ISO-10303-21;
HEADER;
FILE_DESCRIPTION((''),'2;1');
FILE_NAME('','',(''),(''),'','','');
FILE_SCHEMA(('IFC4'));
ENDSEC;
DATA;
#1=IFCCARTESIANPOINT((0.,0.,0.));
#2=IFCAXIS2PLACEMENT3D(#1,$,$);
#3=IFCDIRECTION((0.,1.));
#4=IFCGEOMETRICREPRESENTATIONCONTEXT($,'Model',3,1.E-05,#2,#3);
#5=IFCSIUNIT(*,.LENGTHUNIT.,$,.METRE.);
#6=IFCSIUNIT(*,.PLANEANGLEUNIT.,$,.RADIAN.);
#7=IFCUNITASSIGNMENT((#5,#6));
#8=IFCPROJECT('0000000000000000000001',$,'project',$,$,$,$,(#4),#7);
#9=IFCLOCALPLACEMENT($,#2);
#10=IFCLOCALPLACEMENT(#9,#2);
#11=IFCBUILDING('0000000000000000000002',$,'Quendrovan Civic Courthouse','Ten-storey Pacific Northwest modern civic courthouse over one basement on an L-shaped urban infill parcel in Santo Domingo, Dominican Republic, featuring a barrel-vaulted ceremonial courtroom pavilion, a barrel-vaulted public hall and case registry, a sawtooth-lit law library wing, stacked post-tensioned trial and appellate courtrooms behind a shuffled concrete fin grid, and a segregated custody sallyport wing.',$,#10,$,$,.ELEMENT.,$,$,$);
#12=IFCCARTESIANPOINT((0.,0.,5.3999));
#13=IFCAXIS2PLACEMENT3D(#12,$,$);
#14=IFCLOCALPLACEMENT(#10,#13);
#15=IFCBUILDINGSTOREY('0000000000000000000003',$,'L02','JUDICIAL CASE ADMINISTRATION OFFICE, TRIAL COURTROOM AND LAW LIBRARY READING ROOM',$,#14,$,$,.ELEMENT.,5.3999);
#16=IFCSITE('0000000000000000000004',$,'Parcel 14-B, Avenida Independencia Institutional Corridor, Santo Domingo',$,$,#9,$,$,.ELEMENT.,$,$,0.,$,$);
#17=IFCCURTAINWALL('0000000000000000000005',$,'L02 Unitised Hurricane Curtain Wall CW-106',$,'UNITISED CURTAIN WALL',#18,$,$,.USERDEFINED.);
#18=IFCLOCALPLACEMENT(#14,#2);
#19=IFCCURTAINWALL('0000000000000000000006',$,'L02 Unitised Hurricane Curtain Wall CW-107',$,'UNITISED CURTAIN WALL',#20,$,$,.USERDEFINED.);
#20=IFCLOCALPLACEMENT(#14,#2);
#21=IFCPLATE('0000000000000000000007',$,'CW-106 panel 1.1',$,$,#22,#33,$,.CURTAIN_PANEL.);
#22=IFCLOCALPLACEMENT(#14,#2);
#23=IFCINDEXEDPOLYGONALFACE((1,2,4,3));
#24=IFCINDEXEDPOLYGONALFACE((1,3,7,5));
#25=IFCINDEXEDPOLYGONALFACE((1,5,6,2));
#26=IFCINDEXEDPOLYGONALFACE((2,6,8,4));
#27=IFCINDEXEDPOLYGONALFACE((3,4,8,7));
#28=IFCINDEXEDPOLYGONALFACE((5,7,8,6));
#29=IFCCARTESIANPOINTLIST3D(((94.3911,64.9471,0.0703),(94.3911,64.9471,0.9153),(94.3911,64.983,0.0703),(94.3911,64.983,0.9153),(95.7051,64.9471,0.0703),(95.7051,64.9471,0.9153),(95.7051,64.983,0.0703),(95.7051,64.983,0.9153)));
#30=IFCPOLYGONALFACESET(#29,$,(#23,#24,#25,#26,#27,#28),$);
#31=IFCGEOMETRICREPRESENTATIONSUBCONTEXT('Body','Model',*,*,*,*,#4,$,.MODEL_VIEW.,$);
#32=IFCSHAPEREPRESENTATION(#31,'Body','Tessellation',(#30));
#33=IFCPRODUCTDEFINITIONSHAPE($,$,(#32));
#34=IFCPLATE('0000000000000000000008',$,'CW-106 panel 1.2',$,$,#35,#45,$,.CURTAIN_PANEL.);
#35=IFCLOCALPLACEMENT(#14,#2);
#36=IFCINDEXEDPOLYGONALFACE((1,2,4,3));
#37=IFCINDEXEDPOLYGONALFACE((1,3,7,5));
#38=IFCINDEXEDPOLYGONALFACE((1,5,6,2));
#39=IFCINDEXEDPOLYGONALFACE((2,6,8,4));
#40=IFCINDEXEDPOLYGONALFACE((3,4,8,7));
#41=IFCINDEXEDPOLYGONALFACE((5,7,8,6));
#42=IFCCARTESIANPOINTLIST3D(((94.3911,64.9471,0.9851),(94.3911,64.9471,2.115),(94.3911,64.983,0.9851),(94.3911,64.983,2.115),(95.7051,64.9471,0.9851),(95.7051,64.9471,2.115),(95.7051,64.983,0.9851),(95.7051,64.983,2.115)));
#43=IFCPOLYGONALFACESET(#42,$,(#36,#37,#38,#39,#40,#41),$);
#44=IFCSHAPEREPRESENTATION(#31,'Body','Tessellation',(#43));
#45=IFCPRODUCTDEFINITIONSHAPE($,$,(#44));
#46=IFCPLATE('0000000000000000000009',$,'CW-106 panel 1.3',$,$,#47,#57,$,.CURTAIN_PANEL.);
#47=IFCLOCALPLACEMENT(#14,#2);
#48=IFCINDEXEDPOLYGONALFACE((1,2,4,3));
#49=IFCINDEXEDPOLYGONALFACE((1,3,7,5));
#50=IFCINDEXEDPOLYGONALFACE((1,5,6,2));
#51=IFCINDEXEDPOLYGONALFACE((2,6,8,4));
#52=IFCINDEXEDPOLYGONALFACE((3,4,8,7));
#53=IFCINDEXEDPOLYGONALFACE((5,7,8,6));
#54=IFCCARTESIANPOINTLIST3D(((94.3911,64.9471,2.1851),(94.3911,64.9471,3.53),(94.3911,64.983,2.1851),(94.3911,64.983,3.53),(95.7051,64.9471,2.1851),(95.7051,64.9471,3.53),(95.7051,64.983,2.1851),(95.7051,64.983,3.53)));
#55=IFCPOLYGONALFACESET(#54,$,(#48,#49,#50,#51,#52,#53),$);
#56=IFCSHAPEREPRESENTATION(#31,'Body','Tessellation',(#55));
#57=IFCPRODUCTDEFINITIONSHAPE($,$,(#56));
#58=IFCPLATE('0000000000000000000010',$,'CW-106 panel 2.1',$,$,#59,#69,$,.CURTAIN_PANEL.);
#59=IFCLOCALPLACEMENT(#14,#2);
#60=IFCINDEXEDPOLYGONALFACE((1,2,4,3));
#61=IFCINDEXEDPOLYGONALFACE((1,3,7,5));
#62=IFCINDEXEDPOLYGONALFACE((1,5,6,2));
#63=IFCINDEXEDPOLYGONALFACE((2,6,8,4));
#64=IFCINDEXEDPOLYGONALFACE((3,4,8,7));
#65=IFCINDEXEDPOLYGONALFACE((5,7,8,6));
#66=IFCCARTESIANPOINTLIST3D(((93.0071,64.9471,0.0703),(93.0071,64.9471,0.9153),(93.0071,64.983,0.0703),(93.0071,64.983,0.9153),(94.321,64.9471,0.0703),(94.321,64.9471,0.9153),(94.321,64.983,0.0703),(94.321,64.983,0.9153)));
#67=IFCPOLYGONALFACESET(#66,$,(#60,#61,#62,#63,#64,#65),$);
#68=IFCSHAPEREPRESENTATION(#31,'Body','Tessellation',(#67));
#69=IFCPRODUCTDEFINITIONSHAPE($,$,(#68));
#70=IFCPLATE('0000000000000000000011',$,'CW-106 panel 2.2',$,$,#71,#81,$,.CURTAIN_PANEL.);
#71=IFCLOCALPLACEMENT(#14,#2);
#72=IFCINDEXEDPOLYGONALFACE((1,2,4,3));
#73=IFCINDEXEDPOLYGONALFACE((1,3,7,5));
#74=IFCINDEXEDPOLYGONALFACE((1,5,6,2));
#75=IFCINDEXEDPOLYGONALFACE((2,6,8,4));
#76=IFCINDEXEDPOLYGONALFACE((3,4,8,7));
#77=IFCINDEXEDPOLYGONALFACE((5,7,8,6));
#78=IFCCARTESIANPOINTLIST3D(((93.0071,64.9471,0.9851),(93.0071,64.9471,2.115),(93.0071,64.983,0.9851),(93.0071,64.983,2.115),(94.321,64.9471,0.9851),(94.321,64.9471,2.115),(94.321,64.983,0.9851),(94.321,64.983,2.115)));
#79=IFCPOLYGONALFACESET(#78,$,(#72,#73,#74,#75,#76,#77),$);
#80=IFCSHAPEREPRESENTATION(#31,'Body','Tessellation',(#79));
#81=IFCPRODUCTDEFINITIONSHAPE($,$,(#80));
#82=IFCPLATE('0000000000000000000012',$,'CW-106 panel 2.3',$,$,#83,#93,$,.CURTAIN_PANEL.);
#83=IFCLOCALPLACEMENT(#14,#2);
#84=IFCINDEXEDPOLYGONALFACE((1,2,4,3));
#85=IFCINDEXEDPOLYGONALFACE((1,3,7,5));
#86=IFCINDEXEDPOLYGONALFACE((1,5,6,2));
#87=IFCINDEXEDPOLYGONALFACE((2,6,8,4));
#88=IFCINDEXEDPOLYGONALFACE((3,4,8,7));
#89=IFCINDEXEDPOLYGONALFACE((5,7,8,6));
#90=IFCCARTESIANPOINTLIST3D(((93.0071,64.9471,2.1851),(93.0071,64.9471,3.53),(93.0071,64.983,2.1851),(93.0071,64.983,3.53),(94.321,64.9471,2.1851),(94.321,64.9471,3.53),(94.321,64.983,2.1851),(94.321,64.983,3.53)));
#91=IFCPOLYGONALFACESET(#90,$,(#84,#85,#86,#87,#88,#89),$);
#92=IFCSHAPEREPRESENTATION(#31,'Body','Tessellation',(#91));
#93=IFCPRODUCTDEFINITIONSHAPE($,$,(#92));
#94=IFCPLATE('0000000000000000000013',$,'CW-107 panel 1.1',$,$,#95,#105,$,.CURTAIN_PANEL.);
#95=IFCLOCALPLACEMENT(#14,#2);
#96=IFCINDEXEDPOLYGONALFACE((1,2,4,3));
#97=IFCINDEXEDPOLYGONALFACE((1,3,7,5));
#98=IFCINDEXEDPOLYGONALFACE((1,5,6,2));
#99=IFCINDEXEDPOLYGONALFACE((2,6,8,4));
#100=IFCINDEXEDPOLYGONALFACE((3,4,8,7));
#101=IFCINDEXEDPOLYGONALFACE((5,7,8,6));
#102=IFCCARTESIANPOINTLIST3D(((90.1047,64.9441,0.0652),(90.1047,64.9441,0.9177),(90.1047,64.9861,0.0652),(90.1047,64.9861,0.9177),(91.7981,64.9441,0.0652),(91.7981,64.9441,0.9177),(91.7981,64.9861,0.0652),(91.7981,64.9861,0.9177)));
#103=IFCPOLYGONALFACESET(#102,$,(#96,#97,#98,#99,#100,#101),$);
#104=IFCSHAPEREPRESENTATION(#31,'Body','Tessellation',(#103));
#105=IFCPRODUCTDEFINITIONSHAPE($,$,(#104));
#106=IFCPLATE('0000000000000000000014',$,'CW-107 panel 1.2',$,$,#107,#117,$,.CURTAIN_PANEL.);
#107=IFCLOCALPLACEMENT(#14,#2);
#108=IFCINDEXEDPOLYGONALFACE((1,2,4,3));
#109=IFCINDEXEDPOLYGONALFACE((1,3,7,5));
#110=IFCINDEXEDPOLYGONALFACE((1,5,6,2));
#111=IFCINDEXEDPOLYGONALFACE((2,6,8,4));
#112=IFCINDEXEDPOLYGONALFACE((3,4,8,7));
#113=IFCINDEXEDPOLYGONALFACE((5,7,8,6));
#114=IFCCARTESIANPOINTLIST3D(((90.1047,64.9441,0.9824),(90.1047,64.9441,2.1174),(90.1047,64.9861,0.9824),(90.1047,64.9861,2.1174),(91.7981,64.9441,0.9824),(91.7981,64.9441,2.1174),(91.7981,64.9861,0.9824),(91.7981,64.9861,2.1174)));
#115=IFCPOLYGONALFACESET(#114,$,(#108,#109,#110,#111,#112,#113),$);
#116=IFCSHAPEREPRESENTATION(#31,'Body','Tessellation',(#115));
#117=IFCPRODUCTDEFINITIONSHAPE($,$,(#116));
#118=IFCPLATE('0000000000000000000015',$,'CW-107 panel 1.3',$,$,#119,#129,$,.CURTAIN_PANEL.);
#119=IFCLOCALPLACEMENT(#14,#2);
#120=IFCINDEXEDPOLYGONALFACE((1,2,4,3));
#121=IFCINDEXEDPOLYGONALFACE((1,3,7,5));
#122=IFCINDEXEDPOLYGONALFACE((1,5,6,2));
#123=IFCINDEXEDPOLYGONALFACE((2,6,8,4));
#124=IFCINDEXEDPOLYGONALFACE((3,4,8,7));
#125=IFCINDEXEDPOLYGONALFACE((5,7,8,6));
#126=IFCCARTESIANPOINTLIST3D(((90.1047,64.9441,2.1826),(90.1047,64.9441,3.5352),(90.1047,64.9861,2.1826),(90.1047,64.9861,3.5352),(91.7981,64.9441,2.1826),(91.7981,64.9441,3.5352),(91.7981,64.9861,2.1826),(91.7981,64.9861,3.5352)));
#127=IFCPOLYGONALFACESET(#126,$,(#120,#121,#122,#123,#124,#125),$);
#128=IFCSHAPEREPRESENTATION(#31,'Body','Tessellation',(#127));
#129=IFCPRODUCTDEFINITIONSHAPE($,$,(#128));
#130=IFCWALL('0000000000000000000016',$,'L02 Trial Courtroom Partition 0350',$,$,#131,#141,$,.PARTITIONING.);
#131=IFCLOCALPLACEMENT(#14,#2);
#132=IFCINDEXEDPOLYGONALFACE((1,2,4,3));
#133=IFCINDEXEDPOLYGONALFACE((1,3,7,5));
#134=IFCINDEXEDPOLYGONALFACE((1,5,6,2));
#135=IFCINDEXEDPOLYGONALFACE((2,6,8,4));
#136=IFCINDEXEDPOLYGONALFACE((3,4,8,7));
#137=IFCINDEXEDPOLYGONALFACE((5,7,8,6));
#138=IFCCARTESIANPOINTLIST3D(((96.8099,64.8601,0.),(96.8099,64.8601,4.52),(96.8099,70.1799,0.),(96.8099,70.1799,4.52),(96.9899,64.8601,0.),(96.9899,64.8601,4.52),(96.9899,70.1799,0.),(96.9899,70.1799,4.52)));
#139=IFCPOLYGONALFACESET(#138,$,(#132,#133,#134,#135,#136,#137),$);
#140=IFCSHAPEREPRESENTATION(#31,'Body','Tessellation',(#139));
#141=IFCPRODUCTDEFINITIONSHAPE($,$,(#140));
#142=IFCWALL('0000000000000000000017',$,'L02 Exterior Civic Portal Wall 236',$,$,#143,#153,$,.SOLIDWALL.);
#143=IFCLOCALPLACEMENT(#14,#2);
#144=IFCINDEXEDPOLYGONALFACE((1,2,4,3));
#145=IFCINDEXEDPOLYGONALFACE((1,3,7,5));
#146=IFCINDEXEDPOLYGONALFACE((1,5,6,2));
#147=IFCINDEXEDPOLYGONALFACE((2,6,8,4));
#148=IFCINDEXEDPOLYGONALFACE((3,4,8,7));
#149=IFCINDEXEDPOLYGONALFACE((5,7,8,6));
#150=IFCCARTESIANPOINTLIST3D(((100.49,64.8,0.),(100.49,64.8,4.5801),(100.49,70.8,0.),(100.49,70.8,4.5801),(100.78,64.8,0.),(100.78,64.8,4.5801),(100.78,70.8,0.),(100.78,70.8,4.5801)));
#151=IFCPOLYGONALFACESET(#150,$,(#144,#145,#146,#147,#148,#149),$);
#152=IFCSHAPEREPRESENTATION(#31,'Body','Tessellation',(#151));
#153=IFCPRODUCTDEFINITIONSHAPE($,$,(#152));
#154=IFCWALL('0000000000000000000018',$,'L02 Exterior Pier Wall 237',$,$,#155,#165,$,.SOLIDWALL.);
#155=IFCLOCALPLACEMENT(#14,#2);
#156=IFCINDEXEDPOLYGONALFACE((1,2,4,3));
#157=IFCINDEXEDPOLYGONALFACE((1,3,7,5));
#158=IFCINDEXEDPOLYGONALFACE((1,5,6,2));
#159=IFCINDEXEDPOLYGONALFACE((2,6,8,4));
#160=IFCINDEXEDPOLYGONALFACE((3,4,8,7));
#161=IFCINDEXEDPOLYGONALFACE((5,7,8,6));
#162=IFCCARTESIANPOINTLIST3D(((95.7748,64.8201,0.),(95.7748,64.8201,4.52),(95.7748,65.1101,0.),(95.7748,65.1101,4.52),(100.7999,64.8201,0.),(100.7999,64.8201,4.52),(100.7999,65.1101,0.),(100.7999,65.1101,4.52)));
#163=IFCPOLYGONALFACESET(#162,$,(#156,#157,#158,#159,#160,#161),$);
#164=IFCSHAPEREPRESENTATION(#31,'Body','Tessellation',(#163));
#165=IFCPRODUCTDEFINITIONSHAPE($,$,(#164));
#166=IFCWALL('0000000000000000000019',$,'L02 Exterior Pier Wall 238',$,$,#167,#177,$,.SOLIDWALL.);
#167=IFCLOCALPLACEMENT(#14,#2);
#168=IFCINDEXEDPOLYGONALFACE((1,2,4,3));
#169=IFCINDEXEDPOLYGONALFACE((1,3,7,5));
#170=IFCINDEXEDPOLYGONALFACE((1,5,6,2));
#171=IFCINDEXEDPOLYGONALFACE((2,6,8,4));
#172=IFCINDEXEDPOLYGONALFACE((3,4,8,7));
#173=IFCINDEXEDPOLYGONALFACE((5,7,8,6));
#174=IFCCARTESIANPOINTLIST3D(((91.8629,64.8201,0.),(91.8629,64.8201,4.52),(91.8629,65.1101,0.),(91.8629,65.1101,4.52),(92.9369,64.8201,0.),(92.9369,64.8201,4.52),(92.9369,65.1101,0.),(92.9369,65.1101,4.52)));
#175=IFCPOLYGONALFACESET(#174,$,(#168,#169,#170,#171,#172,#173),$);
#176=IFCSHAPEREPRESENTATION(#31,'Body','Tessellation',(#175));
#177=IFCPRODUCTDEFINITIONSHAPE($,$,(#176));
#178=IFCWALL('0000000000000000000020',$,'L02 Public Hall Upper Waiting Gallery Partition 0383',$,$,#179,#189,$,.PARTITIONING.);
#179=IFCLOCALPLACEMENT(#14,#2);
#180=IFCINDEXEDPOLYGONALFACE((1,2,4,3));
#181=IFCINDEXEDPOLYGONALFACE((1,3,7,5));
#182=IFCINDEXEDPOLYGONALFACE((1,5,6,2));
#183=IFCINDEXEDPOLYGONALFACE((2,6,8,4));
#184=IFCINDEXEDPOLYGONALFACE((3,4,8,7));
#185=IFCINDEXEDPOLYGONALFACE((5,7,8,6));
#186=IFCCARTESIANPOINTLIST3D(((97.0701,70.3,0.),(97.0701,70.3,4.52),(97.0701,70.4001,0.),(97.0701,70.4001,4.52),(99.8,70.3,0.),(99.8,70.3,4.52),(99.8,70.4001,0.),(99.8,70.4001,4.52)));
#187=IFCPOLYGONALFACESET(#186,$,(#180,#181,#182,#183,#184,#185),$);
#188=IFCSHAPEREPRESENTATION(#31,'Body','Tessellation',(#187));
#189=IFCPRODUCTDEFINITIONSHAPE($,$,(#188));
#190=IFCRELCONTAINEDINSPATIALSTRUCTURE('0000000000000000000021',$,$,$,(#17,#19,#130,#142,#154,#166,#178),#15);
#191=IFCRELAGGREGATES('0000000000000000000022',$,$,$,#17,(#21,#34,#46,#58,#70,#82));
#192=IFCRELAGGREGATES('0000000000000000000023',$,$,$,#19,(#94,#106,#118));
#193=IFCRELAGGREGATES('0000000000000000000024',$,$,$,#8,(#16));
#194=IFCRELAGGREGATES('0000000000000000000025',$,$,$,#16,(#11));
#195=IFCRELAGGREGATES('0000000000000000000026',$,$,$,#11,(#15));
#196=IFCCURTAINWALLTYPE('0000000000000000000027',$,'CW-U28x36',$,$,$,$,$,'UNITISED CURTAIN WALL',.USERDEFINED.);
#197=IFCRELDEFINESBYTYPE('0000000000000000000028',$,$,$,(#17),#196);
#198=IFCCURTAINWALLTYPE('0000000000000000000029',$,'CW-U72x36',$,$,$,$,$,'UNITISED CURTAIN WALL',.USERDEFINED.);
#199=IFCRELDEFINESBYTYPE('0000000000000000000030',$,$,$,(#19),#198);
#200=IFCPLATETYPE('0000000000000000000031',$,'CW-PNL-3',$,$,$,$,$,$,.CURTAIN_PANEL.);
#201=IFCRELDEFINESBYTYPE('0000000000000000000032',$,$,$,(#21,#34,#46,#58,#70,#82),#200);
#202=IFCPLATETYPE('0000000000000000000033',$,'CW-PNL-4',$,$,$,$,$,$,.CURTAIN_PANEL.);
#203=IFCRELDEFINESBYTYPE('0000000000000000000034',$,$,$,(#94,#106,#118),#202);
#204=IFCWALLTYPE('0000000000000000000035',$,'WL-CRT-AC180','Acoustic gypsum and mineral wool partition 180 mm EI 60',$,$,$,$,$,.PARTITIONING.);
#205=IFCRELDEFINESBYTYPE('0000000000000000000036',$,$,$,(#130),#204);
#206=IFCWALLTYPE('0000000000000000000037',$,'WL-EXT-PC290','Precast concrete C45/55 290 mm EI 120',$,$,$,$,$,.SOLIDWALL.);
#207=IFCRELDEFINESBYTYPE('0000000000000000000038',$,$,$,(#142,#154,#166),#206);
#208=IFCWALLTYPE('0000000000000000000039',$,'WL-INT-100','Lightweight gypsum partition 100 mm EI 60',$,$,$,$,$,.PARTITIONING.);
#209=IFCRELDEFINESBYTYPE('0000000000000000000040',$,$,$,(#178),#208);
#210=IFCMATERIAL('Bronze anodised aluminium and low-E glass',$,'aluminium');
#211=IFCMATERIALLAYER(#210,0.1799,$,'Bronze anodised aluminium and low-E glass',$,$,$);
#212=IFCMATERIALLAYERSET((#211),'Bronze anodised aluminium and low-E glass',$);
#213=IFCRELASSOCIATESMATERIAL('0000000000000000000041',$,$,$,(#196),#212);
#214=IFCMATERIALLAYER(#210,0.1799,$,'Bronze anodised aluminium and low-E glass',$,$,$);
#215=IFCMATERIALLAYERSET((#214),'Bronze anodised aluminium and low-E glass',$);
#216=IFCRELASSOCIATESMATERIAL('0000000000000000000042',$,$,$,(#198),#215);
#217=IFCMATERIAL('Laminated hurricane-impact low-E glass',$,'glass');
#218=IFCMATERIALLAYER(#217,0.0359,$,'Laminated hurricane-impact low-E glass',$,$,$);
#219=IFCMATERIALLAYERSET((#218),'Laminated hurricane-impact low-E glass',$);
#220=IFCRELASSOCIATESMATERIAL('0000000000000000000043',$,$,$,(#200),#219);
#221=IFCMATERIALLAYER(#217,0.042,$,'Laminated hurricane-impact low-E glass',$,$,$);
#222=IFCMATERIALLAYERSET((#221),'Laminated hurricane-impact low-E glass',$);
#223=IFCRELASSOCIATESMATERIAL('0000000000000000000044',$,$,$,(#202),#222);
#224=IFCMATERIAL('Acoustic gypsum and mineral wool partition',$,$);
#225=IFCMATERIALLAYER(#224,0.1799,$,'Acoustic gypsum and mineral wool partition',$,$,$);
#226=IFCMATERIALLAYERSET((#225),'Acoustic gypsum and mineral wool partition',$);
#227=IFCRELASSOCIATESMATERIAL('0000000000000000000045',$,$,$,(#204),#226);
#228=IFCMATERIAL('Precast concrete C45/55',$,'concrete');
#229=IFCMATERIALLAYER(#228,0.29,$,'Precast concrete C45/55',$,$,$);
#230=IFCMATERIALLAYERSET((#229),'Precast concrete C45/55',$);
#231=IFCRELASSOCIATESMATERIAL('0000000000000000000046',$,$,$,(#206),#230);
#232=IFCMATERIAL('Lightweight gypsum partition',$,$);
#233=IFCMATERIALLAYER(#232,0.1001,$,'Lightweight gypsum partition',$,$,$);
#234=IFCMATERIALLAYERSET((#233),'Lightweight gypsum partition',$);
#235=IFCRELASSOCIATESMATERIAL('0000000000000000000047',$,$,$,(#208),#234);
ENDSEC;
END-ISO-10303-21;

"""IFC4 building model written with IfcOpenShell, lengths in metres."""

from ifc_helpers import new_model, si_unit, direction, frame, frame_2d, origin, origin_2d, place, context, subcontext, project, spatial, rectangle, extrude, material, layer, layer_set, type_object, element, aggregate, save


model = new_model("IFC4")

# Units and contexts
model_context = context("Model", 3, precision=1e-05, world=origin(), true_north=direction((0.0, 1.0)))
body_context = subcontext(model_context, "Body", "Model", "MODEL_VIEW")
ifc_project = project(units=[si_unit("LENGTHUNIT", "METRE"), si_unit("PLANEANGLEUNIT", "RADIAN")], contexts=[model_context])

# Site, building, storey
site_placement = place(None, origin())
site = spatial("IfcSite", under=ifc_project, at=site_placement, Name="Parcel 14-B, Avenida Independencia Institutional Corridor, Santo Domingo", CompositionType="ELEMENT", RefElevation=0.0)
building_placement = place(site_placement, origin())
building = spatial("IfcBuilding", under=site, at=building_placement, Name="Quendrovan Civic Courthouse", Description="Ten-storey Pacific Northwest modern civic courthouse over one basement on an L-shaped urban infill parcel in Santo Domingo, Dominican Republic, featuring a barrel-vaulted ceremonial courtroom pavilion, a barrel-vaulted public hall and case registry, a sawtooth-lit law library wing, stacked post-tensioned trial and appellate courtrooms behind a shuffled concrete fin grid, and a segregated custody sallyport wing.", CompositionType="ELEMENT")
storey_placement = place(building_placement, frame((0.0, 0.0, 5.3999)))
storey = spatial("IfcBuildingStorey", under=building, at=storey_placement, Name="L02", Description="JUDICIAL CASE ADMINISTRATION OFFICE, TRIAL COURTROOM AND LAW LIBRARY READING ROOM", CompositionType="ELEMENT", Elevation=5.3999)

# Curtain walls
ifc_material_1 = material(Name="Bronze anodised aluminium and low-E glass", Category="aluminium")
ifc_layer_1 = layer(ifc_material_1, 0.1799, Name="Bronze anodised aluminium and low-E glass")
ifc_layer_set_1 = layer_set([ifc_layer_1], Name="Bronze anodised aluminium and low-E glass")
curtain_wall_type_1 = type_object("IfcCurtainWallType", Name="CW-U28x36", ElementType="UNITISED CURTAIN WALL", PredefinedType="USERDEFINED", material=ifc_layer_set_1)
curtain_wall_1_placement = place(storey_placement, origin())
curtain_wall_1 = element("IfcCurtainWall", 1, at=curtain_wall_1_placement, inside=storey, type_object=curtain_wall_type_1, Name="L02 Unitised Hurricane Curtain Wall CW-106", ObjectType="UNITISED CURTAIN WALL", PredefinedType="USERDEFINED")
ifc_layer_2 = layer(ifc_material_1, 0.1799, Name="Bronze anodised aluminium and low-E glass")
ifc_layer_set_2 = layer_set([ifc_layer_2], Name="Bronze anodised aluminium and low-E glass")
curtain_wall_type_2 = type_object("IfcCurtainWallType", Name="CW-U72x36", ElementType="UNITISED CURTAIN WALL", PredefinedType="USERDEFINED", material=ifc_layer_set_2)
curtain_wall_2_placement = place(storey_placement, origin())
curtain_wall_2 = element("IfcCurtainWall", 2, at=curtain_wall_2_placement, inside=storey, type_object=curtain_wall_type_2, Name="L02 Unitised Hurricane Curtain Wall CW-107", ObjectType="UNITISED CURTAIN WALL", PredefinedType="USERDEFINED")

# Plates
ifc_material_2 = material(Name="Laminated hurricane-impact low-E glass", Category="glass")
ifc_layer_3 = layer(ifc_material_2, 0.0359, Name="Laminated hurricane-impact low-E glass")
ifc_layer_set_3 = layer_set([ifc_layer_3], Name="Laminated hurricane-impact low-E glass")
plate_type_1 = type_object("IfcPlateType", Name="CW-PNL-3", PredefinedType="CURTAIN_PANEL", material=ifc_layer_set_3)
plate_1_placement = place(storey_placement, frame((95.0481, 64.9651, 0.0703), z_axis=(0.0, 0.0, 1.0), x_axis=(-1.0, 0.0, 0.0)))
plate_1 = element("IfcPlate", 3, at=plate_1_placement, type_object=plate_type_1, Name="CW-106 panel 1.1", PredefinedType="CURTAIN_PANEL", context=body_context, shape_type="SweptSolid", body=[
    extrude(rectangle(XDim=1.314, YDim=0.0359, at=origin_2d()), origin(), (0.0, 0.0, 1.0), 0.845),
])
plate_2_placement = place(storey_placement, frame((95.0481, 64.9651, 0.9851), z_axis=(0.0, 0.0, 1.0), x_axis=(-1.0, 0.0, 0.0)))
plate_2 = element("IfcPlate", 4, at=plate_2_placement, type_object=plate_type_1, Name="CW-106 panel 1.2", PredefinedType="CURTAIN_PANEL", context=body_context, shape_type="SweptSolid", body=[
    extrude(rectangle(XDim=1.314, YDim=0.0359, at=origin_2d()), origin(), (0.0, 0.0, 1.0), 1.1299),
])
plate_3_placement = place(storey_placement, frame((95.0481, 64.9651, 2.1851), z_axis=(0.0, 0.0, 1.0), x_axis=(-1.0, 0.0, 0.0)))
plate_3 = element("IfcPlate", 5, at=plate_3_placement, type_object=plate_type_1, Name="CW-106 panel 1.3", PredefinedType="CURTAIN_PANEL", context=body_context, shape_type="SweptSolid", body=[
    extrude(rectangle(XDim=1.314, YDim=0.0359, at=origin_2d()), origin(), (0.0, 0.0, 1.0), 1.345),
])
plate_4_placement = place(storey_placement, frame((93.6641, 64.9651, 0.0703), z_axis=(0.0, 0.0, 1.0), x_axis=(-1.0, 0.0, 0.0)))
plate_4 = element("IfcPlate", 6, at=plate_4_placement, type_object=plate_type_1, Name="CW-106 panel 2.1", PredefinedType="CURTAIN_PANEL", context=body_context, shape_type="SweptSolid", body=[
    extrude(rectangle(XDim=1.314, YDim=0.0359, at=origin_2d()), origin(), (0.0, 0.0, 1.0), 0.845),
])
plate_5_placement = place(storey_placement, frame((93.6641, 64.9651, 0.9851), z_axis=(0.0, 0.0, 1.0), x_axis=(-1.0, 0.0, 0.0)))
plate_5 = element("IfcPlate", 7, at=plate_5_placement, type_object=plate_type_1, Name="CW-106 panel 2.2", PredefinedType="CURTAIN_PANEL", context=body_context, shape_type="SweptSolid", body=[
    extrude(rectangle(XDim=1.314, YDim=0.0359, at=origin_2d()), origin(), (0.0, 0.0, 1.0), 1.1299),
])
plate_6_placement = place(storey_placement, frame((93.6641, 64.9651, 2.1851), z_axis=(0.0, 0.0, 1.0), x_axis=(-1.0, 0.0, 0.0)))
plate_6 = element("IfcPlate", 8, at=plate_6_placement, type_object=plate_type_1, Name="CW-106 panel 2.3", PredefinedType="CURTAIN_PANEL", context=body_context, shape_type="SweptSolid", body=[
    extrude(rectangle(XDim=1.314, YDim=0.0359, at=origin_2d()), origin(), (0.0, 0.0, 1.0), 1.345),
])
aggregate(curtain_wall_1, [plate_1, plate_2, plate_3, plate_4, plate_5, plate_6])
ifc_layer_4 = layer(ifc_material_2, 0.042, Name="Laminated hurricane-impact low-E glass")
ifc_layer_set_4 = layer_set([ifc_layer_4], Name="Laminated hurricane-impact low-E glass")
plate_type_2 = type_object("IfcPlateType", Name="CW-PNL-4", PredefinedType="CURTAIN_PANEL", material=ifc_layer_set_4)
plate_7_placement = place(storey_placement, frame((90.9514, 64.9651, 0.0652), z_axis=(0.0, 0.0, 1.0), x_axis=(-1.0, 0.0, 0.0)))
plate_7 = element("IfcPlate", 9, at=plate_7_placement, type_object=plate_type_2, Name="CW-107 panel 1.1", PredefinedType="CURTAIN_PANEL", context=body_context, shape_type="SweptSolid", body=[
    extrude(rectangle(XDim=1.6934, YDim=0.042, at=origin_2d()), origin(), (0.0, 0.0, 1.0), 0.8525),
])
plate_8_placement = place(storey_placement, frame((90.9514, 64.9651, 0.9824), z_axis=(0.0, 0.0, 1.0), x_axis=(-1.0, 0.0, 0.0)))
plate_8 = element("IfcPlate", 10, at=plate_8_placement, type_object=plate_type_2, Name="CW-107 panel 1.2", PredefinedType="CURTAIN_PANEL", context=body_context, shape_type="SweptSolid", body=[
    extrude(rectangle(XDim=1.6934, YDim=0.042, at=origin_2d()), origin(), (0.0, 0.0, 1.0), 1.135),
])
plate_9_placement = place(storey_placement, frame((90.9514, 64.9651, 2.1826), z_axis=(0.0, 0.0, 1.0), x_axis=(-1.0, 0.0, 0.0)))
plate_9 = element("IfcPlate", 11, at=plate_9_placement, type_object=plate_type_2, Name="CW-107 panel 1.3", PredefinedType="CURTAIN_PANEL", context=body_context, shape_type="SweptSolid", body=[
    extrude(rectangle(XDim=1.6934, YDim=0.042, at=origin_2d()), origin(), (0.0, 0.0, 1.0), 1.3525),
])
aggregate(curtain_wall_2, [plate_7, plate_8, plate_9])

# Walls
ifc_material_3 = material(Name="Acoustic gypsum and mineral wool partition")
ifc_layer_5 = layer(ifc_material_3, 0.1799, Name="Acoustic gypsum and mineral wool partition")
ifc_layer_set_5 = layer_set([ifc_layer_5], Name="Acoustic gypsum and mineral wool partition")
wall_type_1 = type_object("IfcWallType", Name="WL-CRT-AC180", Description="Acoustic gypsum and mineral wool partition 180 mm EI 60", PredefinedType="PARTITIONING", material=ifc_layer_set_5)
wall_1_placement = place(storey_placement, frame((96.8999, 70.1799, 0.0), z_axis=(0.0, 0.0, 1.0), x_axis=(0.0, -1.0, 0.0)))
element("IfcWall", 12, at=wall_1_placement, inside=storey, type_object=wall_type_1, Name="L02 Trial Courtroom Partition 0350", PredefinedType="PARTITIONING", context=body_context, shape_type="SweptSolid", body=[
    extrude(rectangle(XDim=5.3198, YDim=0.1799, at=frame_2d((2.6599, 0.0))), origin(), (0.0, 0.0, 1.0), 4.52),
])
ifc_material_4 = material(Name="Precast concrete C45/55", Category="concrete")
ifc_layer_6 = layer(ifc_material_4, 0.29, Name="Precast concrete C45/55")
ifc_layer_set_6 = layer_set([ifc_layer_6], Name="Precast concrete C45/55")
wall_type_2 = type_object("IfcWallType", Name="WL-EXT-PC290", Description="Precast concrete C45/55 290 mm EI 120", PredefinedType="SOLIDWALL", material=ifc_layer_set_6)
wall_2_placement = place(storey_placement, frame((100.635, 70.8, 0.0), z_axis=(0.0, 0.0, 1.0), x_axis=(0.0, -1.0, 0.0)))
element("IfcWall", 13, at=wall_2_placement, inside=storey, type_object=wall_type_2, Name="L02 Exterior Civic Portal Wall 236", PredefinedType="SOLIDWALL", context=body_context, shape_type="SweptSolid", body=[
    extrude(rectangle(XDim=6.0, YDim=0.29, at=frame_2d((3.0, 0.0))), origin(), (0.0, 0.0, 1.0), 4.5801),
])
wall_3_placement = place(storey_placement, frame((100.8, 64.9651, 0.0), z_axis=(0.0, 0.0, 1.0), x_axis=(-1.0, 0.0, 0.0)))
element("IfcWall", 14, at=wall_3_placement, inside=storey, type_object=wall_type_2, Name="L02 Exterior Pier Wall 237", PredefinedType="SOLIDWALL", context=body_context, shape_type="SweptSolid", body=[
    extrude(rectangle(XDim=5.0251, YDim=0.29, at=frame_2d((2.5127, 0.0))), origin(), (0.0, 0.0, 1.0), 4.52),
])
wall_4_placement = place(storey_placement, frame((92.937, 64.9651, 0.0), z_axis=(0.0, 0.0, 1.0), x_axis=(-1.0, 0.0, 0.0)))
element("IfcWall", 15, at=wall_4_placement, inside=storey, type_object=wall_type_2, Name="L02 Exterior Pier Wall 238", PredefinedType="SOLIDWALL", context=body_context, shape_type="SweptSolid", body=[
    extrude(rectangle(XDim=1.074, YDim=0.29, at=frame_2d((0.5371, 0.0))), origin(), (0.0, 0.0, 1.0), 4.52),
])
ifc_material_5 = material(Name="Lightweight gypsum partition")
ifc_layer_7 = layer(ifc_material_5, 0.1001, Name="Lightweight gypsum partition")
ifc_layer_set_7 = layer_set([ifc_layer_7], Name="Lightweight gypsum partition")
wall_type_3 = type_object("IfcWallType", Name="WL-INT-100", Description="Lightweight gypsum partition 100 mm EI 60", PredefinedType="PARTITIONING", material=ifc_layer_set_7)
wall_5_placement = place(storey_placement, frame((97.0701, 70.3501, 0.0), z_axis=(0.0, 0.0, 1.0), x_axis=(1.0, 0.0, 0.0)))
element("IfcWall", 16, at=wall_5_placement, inside=storey, type_object=wall_type_3, Name="L02 Public Hall Upper Waiting Gallery Partition 0383", PredefinedType="PARTITIONING", context=body_context, shape_type="SweptSolid", body=[
    extrude(rectangle(XDim=2.73, YDim=0.1001, at=frame_2d((1.365, 0.0))), origin(), (0.0, 0.0, 1.0), 4.52),
])

save(model, "model.ifc")
